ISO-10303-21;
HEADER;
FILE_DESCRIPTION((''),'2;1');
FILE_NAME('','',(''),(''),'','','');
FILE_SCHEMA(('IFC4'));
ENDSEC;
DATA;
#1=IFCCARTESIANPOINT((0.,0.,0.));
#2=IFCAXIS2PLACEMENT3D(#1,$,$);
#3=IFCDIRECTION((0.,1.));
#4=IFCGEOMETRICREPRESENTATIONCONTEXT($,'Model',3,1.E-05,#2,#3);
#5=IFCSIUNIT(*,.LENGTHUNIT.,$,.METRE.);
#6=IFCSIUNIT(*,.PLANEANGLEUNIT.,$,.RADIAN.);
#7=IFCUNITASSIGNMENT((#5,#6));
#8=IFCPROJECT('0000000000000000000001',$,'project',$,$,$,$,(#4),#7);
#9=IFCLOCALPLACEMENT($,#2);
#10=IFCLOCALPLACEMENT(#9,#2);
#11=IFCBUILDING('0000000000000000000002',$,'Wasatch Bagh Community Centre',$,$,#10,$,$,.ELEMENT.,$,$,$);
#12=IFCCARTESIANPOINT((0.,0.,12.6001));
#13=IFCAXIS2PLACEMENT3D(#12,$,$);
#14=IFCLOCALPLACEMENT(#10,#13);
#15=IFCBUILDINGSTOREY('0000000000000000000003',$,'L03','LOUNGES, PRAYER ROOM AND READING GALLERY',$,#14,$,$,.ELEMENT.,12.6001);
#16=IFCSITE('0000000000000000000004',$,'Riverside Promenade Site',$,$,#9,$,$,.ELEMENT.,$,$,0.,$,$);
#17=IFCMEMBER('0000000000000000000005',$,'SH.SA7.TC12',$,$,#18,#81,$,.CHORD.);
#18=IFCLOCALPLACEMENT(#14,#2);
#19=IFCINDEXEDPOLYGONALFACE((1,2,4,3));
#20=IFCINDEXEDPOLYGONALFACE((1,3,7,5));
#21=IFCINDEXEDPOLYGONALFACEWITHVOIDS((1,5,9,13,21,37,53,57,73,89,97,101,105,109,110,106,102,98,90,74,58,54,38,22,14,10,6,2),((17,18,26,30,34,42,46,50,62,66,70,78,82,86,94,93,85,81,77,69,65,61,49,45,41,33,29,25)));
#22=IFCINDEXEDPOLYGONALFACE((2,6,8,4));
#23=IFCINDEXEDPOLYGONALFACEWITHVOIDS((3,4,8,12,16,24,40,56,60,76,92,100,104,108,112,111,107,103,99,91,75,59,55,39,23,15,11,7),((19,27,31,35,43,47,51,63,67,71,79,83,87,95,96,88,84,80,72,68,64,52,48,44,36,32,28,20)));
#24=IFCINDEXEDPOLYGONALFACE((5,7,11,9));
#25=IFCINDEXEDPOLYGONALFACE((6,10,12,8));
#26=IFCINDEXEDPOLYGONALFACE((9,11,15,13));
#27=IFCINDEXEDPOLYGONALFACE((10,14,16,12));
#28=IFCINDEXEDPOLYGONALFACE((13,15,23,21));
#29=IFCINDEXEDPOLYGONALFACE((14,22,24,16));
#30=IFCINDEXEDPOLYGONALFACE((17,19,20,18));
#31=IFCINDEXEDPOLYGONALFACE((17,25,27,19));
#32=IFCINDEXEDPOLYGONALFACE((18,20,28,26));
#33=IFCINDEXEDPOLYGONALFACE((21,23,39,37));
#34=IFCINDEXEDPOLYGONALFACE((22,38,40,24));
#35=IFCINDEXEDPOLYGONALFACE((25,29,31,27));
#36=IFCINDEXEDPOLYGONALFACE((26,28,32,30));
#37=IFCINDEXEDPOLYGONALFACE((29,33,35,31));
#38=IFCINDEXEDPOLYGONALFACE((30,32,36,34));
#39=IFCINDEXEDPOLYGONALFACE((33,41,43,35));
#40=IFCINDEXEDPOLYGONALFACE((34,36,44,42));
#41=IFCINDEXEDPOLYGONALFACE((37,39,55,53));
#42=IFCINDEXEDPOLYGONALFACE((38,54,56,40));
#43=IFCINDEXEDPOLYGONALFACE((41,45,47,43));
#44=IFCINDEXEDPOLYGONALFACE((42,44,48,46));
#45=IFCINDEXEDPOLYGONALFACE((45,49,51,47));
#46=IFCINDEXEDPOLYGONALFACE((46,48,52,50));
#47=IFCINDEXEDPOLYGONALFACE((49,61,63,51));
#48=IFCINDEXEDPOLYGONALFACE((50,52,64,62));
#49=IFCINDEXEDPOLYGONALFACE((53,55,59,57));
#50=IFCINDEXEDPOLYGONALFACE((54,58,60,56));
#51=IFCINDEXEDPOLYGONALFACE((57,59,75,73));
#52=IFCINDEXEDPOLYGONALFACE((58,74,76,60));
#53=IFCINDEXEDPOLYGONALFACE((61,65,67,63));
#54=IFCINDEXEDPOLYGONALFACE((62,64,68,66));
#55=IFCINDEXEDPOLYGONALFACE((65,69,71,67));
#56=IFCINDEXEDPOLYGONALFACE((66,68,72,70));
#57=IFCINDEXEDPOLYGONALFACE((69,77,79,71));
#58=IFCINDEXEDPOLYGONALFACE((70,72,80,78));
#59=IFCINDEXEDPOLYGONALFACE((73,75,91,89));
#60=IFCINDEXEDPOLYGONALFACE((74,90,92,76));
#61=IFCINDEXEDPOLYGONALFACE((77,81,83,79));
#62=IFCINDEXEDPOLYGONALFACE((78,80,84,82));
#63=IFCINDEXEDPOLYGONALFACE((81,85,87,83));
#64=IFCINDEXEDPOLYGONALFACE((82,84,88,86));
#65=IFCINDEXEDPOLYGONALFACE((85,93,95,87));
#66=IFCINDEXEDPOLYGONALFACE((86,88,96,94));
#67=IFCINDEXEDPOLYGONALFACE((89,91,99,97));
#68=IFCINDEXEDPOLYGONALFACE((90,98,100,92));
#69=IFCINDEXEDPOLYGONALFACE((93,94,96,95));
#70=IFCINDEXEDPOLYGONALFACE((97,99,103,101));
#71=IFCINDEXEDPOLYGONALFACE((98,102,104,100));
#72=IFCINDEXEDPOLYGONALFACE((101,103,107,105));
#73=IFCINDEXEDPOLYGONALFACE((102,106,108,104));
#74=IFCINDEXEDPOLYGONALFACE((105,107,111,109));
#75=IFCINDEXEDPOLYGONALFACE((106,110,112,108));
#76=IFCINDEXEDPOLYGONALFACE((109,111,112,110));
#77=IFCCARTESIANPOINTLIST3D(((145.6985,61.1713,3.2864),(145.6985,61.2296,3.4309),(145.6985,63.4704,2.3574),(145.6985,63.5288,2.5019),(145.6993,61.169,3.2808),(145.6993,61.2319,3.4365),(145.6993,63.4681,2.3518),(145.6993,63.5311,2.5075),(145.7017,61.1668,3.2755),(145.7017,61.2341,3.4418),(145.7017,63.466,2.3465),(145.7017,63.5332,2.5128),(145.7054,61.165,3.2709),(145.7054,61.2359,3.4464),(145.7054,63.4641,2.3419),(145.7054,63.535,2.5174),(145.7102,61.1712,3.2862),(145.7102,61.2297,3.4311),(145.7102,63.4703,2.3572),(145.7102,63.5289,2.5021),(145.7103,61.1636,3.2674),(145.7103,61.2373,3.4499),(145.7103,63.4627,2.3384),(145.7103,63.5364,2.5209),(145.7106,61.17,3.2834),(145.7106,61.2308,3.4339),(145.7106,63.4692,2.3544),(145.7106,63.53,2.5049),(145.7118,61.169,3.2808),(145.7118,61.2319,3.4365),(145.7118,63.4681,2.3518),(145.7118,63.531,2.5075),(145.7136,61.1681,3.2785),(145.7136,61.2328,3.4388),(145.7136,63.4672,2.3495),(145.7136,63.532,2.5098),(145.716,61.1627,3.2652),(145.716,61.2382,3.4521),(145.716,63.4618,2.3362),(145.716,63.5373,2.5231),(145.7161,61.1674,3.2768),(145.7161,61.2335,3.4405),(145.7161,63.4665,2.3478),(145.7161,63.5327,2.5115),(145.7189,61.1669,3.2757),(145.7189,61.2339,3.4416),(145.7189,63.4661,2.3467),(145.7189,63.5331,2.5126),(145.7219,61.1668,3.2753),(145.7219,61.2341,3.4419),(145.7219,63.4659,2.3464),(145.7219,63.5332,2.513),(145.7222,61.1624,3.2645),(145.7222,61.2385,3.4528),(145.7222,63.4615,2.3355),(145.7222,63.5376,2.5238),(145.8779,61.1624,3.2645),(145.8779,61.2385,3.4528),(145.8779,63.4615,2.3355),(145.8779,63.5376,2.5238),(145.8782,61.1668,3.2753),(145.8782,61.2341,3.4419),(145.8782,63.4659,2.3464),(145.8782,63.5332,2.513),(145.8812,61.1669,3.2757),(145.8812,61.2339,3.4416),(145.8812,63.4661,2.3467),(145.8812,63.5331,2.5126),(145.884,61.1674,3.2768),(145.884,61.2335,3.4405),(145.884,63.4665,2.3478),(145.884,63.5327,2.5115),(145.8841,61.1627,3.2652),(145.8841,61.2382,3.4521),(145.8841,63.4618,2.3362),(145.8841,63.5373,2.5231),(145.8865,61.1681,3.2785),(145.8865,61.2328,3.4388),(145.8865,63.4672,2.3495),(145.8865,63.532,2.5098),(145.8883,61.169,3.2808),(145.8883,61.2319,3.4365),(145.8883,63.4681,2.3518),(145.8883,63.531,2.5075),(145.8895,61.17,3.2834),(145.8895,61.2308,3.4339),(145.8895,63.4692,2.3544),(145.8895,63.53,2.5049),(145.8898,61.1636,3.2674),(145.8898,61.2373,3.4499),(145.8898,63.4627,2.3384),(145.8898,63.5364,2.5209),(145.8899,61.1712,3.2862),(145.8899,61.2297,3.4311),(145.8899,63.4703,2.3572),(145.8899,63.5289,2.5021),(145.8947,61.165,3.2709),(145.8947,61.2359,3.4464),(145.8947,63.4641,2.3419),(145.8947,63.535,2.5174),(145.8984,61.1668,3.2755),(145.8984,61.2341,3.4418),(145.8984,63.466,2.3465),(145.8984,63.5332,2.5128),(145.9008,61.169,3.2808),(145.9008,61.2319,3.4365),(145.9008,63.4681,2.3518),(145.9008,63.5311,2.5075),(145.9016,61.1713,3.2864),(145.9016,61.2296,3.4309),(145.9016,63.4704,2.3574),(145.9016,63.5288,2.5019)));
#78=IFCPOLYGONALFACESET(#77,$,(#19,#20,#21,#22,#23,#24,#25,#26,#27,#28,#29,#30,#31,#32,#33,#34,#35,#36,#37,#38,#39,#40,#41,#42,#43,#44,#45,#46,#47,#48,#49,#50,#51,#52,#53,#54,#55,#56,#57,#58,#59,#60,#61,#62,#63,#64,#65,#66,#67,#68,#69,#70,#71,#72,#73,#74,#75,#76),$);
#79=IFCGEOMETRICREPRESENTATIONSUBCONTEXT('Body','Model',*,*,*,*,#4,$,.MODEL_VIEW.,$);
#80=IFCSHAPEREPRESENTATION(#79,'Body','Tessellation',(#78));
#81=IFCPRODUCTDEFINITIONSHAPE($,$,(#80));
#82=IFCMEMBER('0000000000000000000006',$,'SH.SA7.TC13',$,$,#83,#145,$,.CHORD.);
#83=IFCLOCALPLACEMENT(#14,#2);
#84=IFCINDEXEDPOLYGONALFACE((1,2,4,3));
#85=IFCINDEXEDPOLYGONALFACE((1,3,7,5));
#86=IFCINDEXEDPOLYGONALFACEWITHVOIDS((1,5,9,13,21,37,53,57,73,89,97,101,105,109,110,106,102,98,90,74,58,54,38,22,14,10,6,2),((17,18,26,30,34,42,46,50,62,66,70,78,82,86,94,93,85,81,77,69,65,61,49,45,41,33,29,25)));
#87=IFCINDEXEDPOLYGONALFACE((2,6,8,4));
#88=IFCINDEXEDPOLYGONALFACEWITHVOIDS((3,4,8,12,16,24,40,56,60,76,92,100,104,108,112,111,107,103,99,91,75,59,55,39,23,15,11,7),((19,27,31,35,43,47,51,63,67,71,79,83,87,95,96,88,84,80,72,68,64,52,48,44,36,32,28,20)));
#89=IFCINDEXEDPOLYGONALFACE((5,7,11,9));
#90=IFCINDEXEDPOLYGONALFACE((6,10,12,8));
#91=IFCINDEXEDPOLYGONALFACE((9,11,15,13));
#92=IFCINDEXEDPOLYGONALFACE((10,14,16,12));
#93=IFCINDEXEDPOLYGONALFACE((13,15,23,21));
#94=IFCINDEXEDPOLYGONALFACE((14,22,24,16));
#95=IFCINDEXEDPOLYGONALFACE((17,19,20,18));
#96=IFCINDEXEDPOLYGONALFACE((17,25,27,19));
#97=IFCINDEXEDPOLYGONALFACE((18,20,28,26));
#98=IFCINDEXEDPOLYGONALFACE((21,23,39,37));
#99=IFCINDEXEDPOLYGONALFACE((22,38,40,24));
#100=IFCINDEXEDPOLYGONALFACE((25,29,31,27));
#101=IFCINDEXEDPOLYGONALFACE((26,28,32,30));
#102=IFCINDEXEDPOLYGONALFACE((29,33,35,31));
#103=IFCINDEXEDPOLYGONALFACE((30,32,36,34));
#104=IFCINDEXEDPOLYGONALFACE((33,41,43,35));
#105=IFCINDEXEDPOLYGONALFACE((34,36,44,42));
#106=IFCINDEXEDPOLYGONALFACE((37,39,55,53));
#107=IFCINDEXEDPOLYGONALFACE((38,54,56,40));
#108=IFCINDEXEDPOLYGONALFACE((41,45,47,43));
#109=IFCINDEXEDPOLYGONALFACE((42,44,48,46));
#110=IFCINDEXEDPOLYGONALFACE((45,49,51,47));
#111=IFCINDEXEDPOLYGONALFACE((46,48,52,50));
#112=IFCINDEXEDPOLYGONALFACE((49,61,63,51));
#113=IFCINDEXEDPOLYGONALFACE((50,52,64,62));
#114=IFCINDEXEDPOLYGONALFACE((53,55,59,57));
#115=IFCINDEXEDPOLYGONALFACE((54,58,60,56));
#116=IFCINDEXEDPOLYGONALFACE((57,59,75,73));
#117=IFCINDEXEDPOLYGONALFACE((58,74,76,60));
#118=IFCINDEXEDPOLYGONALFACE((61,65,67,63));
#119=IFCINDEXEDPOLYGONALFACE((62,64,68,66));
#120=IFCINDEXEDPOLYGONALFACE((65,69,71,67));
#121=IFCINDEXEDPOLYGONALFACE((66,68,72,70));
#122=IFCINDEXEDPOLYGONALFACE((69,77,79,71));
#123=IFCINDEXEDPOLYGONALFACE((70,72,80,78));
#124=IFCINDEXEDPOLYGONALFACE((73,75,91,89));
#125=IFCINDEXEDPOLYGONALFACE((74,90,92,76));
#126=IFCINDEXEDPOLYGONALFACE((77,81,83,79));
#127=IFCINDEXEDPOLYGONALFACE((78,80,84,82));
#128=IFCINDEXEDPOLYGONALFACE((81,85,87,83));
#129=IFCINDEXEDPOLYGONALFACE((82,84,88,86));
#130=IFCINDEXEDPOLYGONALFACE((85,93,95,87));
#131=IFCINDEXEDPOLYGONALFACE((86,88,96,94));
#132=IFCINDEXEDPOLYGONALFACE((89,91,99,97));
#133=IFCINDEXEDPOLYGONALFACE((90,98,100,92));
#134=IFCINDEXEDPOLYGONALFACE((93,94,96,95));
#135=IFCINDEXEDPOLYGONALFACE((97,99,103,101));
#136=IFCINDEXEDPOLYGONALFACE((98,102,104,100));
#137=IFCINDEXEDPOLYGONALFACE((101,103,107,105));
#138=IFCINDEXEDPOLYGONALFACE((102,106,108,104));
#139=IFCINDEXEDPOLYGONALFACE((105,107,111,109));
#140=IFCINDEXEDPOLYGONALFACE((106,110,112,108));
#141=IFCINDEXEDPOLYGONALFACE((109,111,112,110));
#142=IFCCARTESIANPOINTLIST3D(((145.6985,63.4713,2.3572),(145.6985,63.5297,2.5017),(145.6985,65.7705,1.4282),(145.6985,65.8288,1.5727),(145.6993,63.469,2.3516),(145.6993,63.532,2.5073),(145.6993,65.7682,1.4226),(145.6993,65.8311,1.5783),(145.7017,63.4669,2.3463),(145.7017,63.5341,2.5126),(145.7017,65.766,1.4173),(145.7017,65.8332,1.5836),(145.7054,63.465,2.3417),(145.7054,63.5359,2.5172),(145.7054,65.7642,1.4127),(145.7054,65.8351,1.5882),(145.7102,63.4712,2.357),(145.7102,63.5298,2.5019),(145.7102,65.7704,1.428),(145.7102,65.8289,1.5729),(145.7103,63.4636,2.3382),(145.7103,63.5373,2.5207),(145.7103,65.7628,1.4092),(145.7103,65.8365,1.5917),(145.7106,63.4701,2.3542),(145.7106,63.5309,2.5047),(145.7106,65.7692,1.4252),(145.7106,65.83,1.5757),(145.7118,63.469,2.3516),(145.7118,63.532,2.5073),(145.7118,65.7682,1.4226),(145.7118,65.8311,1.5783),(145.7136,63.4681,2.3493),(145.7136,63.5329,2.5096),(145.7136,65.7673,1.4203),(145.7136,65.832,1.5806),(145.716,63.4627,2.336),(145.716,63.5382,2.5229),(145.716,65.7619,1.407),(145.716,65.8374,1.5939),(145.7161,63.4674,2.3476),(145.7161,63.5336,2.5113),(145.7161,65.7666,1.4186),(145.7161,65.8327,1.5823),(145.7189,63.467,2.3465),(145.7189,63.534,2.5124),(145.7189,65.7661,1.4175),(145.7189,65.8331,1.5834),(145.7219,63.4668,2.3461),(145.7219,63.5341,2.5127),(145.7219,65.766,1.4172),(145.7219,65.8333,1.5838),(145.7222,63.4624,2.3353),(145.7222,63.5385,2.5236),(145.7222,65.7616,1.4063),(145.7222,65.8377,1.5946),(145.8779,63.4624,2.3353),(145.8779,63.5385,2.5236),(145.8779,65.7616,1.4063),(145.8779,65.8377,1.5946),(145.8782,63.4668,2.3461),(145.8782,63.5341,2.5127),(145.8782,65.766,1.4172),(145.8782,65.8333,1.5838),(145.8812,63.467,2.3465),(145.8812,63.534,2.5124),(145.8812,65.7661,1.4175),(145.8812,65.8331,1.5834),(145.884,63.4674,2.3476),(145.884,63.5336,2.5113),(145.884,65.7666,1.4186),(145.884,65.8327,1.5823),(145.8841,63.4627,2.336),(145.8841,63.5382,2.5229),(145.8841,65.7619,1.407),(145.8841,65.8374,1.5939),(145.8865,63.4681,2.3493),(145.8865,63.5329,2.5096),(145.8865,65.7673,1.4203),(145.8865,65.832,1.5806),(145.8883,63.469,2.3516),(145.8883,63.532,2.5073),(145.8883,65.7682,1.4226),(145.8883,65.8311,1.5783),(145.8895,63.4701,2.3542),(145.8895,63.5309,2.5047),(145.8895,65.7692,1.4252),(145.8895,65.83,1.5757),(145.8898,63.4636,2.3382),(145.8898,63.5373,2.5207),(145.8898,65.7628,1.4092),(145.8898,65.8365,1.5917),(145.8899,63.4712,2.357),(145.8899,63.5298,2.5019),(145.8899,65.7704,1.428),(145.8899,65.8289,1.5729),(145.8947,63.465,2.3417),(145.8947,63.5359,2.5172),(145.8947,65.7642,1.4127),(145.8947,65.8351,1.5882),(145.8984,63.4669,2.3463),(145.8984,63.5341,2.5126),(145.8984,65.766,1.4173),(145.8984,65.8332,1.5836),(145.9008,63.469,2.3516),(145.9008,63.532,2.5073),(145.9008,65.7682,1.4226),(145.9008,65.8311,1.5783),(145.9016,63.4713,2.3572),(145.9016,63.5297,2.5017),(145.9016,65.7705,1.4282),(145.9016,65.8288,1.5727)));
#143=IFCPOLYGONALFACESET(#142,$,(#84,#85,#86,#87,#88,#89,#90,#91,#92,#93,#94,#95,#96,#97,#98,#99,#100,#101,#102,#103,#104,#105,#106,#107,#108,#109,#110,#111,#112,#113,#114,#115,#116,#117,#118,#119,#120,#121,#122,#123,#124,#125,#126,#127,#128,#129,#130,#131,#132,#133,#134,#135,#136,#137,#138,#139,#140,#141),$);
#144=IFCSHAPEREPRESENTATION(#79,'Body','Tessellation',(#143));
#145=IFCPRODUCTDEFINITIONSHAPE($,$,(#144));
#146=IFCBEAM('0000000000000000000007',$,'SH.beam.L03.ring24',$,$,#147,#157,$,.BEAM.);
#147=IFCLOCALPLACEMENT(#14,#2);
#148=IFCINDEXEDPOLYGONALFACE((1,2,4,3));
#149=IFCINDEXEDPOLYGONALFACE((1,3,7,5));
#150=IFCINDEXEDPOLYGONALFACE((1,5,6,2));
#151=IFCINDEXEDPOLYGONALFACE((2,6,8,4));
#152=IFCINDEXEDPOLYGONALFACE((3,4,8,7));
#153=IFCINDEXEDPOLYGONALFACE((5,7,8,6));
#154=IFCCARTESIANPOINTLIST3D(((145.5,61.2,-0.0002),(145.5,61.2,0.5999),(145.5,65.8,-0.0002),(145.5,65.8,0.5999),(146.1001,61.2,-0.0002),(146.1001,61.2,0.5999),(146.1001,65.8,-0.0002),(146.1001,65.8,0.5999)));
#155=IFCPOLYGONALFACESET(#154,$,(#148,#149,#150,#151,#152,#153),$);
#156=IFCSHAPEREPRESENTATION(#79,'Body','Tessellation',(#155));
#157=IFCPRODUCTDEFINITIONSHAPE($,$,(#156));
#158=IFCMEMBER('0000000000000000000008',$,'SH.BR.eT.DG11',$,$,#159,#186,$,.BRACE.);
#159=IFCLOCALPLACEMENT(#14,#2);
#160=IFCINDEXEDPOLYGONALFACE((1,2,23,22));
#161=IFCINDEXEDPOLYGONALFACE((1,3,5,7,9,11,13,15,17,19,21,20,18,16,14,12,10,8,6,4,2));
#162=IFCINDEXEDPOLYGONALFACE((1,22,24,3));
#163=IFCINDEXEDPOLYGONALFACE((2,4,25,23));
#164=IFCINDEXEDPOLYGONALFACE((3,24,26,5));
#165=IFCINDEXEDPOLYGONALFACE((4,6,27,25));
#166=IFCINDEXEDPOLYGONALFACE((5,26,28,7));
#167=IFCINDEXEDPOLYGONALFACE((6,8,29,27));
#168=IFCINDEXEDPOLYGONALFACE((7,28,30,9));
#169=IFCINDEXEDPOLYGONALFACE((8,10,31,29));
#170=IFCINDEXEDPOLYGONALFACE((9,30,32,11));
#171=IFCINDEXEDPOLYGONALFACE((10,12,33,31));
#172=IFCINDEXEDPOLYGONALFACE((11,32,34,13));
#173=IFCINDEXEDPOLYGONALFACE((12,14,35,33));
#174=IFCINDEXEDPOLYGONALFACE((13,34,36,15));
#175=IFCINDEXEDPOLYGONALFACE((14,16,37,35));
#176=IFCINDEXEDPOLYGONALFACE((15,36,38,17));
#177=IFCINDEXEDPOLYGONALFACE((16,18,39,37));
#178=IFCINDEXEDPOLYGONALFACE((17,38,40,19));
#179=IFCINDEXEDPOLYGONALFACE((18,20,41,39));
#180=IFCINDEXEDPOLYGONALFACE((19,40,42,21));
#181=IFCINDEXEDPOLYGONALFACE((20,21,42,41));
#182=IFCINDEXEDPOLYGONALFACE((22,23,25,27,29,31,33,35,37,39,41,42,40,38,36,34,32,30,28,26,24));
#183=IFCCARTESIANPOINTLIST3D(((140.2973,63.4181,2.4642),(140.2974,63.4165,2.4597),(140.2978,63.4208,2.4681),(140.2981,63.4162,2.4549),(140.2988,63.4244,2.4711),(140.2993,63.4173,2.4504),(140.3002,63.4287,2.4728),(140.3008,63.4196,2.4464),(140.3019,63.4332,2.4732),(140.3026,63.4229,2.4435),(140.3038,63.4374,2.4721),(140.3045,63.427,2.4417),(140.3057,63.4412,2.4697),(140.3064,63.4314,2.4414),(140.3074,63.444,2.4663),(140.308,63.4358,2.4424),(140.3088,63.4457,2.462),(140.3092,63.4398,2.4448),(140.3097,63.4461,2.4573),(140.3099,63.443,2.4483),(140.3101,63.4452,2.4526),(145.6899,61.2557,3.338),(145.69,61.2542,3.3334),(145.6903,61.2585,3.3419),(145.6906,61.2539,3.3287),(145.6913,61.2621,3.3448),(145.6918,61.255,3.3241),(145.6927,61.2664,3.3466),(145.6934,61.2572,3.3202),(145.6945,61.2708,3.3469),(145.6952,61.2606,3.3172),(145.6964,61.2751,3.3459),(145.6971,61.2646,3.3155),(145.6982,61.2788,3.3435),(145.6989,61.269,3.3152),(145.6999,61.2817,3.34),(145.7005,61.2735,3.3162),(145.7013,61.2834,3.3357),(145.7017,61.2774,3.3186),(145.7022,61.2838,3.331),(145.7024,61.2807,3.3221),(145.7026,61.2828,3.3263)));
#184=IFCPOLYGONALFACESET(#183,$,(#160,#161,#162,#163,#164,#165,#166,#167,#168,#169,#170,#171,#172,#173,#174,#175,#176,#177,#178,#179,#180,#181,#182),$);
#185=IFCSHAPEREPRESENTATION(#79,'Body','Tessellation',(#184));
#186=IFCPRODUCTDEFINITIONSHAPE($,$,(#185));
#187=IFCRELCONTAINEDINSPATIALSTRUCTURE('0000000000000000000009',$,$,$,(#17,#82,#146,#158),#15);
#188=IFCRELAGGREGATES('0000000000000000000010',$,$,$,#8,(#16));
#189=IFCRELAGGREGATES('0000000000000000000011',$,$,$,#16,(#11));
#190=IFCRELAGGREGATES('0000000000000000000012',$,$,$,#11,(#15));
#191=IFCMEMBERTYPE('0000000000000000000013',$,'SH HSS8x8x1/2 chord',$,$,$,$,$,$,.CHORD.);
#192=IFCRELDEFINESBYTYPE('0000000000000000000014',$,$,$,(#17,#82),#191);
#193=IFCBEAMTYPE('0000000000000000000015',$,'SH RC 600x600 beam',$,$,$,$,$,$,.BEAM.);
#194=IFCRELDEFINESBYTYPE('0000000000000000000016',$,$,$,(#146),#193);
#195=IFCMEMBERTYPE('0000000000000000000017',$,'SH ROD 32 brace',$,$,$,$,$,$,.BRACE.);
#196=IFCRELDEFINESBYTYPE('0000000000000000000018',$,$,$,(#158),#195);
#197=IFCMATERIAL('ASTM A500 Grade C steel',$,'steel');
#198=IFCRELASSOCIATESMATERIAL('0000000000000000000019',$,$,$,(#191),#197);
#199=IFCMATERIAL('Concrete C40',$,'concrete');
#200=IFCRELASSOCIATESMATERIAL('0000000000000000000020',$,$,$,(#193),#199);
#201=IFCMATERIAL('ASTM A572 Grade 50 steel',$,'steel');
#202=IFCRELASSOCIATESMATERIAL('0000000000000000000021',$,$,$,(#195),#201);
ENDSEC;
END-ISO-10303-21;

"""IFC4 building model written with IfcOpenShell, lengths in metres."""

from ifc_helpers import new_model, si_unit, direction, frame, origin, origin_2d, place, context, subcontext, project, spatial, rectangle, hollow_rectangle, circle, extrude, material, material_profile, profile_set, type_object, element, save


model = new_model("IFC4")

# Units and contexts
model_context = context("Model", 3, precision=1e-05, world=origin(), true_north=direction((0.0, 1.0)))
body_context = subcontext(model_context, "Body", "Model", "MODEL_VIEW")
ifc_project = project(units=[si_unit("LENGTHUNIT", "METRE"), si_unit("PLANEANGLEUNIT", "RADIAN")], contexts=[model_context])

# Site, building, storey
site_placement = place(None, origin())
site = spatial("IfcSite", under=ifc_project, at=site_placement, Name="Riverside Promenade Site", CompositionType="ELEMENT", RefElevation=0.0)
building_placement = place(site_placement, origin())
building = spatial("IfcBuilding", under=site, at=building_placement, Name="Wasatch Bagh Community Centre", CompositionType="ELEMENT")
storey_placement = place(building_placement, frame((0.0, 0.0, 12.6001)))
storey = spatial("IfcBuildingStorey", under=building, at=storey_placement, Name="L03", Description="LOUNGES, PRAYER ROOM AND READING GALLERY", CompositionType="ELEMENT", Elevation=12.6001)

# Members
ifc_material_1 = material(Name="ASTM A500 Grade C steel", Category="steel")
ifc_material_profile_1 = material_profile(ifc_material_1, hollow_rectangle(XDim=0.2031, YDim=0.2031, WallThickness=0.0117, InnerFilletRadius=0.0117, OuterFilletRadius=0.0237, at=origin_2d()), Name="HSS8x8x1/2")
ifc_profile_set_1 = profile_set([ifc_material_profile_1], Name="ASTM A500 Grade C steel")
member_type_1 = type_object("IfcMemberType", Name="SH HSS8x8x1/2 chord", PredefinedType="CHORD", material=ifc_profile_set_1)
for number, where, z_axis, x_axis, name in (
    (1, (145.8, 61.2004, 3.3586), (0.0, 0.927174, -0.374631), (-1.0, 0.0, 0.0), "SH.SA7.TC12"),
    (2, (145.8, 63.5005, 2.4294), (0.0, 0.927174, -0.374631), (-1.0, 0.0, 0.0), "SH.SA7.TC13"),
):
    element("IfcMember", number, at=place(storey_placement, frame(where, z_axis=z_axis, x_axis=x_axis)), inside=storey, type_object=member_type_1, Name=name, PredefinedType="CHORD", context=body_context, shape_type="SweptSolid", body=[
        extrude(hollow_rectangle(XDim=0.2031, YDim=0.2031, WallThickness=0.0117, InnerFilletRadius=0.0117, OuterFilletRadius=0.0237, at=origin_2d()), origin(), (0.0, 0.0, 1.0), 2.4797),
    ])

# Beam
ifc_material_2 = material(Name="Concrete C40", Category="concrete")
ifc_material_profile_2 = material_profile(ifc_material_2, rectangle(XDim=0.6001, YDim=0.6001, at=origin_2d()), Name="RC 600x600")
ifc_profile_set_2 = profile_set([ifc_material_profile_2], Name="Concrete C40")
beam_type = type_object("IfcBeamType", Name="SH RC 600x600 beam", PredefinedType="BEAM", material=ifc_profile_set_2)
beam_placement = place(storey_placement, frame((145.8, 61.2, 0.2998), z_axis=(0.0, 1.0, 0.0), x_axis=(-1.0, 0.0, 0.0)))
element("IfcBeam", 3, at=beam_placement, inside=storey, type_object=beam_type, Name="SH.beam.L03.ring24", PredefinedType="BEAM", context=body_context, shape_type="SweptSolid", body=[
    extrude(rectangle(XDim=0.6001, YDim=0.6001, at=origin_2d()), origin(), (0.0, 0.0, 1.0), 4.6001),
])

# Member
ifc_material_3 = material(Name="ASTM A572 Grade 50 steel", Category="steel")
ifc_material_profile_3 = material_profile(ifc_material_3, circle(Radius=0.0161, at=origin_2d()), Name="ROD 32")
ifc_profile_set_3 = profile_set([ifc_material_profile_3], Name="ASTM A572 Grade 50 steel")
member_type_2 = type_object("IfcMemberType", Name="SH ROD 32 brace", PredefinedType="BRACE", material=ifc_profile_set_3)
member_1_placement = place(storey_placement, frame((140.3037, 63.4312, 2.4573), z_axis=(0.917839, -0.368041, 0.148721), x_axis=(0.37218, 0.92816, 0.0)))
element("IfcMember", 4, at=member_1_placement, inside=storey, type_object=member_type_2, Name="SH.BR.eT.DG11", PredefinedType="BRACE", context=body_context, shape_type="SweptSolid", body=[
    extrude(circle(Radius=0.0161, at=origin_2d()), origin(), (0.0, 0.0, 1.0), 5.8752),
])

save(model, "model.ifc")
